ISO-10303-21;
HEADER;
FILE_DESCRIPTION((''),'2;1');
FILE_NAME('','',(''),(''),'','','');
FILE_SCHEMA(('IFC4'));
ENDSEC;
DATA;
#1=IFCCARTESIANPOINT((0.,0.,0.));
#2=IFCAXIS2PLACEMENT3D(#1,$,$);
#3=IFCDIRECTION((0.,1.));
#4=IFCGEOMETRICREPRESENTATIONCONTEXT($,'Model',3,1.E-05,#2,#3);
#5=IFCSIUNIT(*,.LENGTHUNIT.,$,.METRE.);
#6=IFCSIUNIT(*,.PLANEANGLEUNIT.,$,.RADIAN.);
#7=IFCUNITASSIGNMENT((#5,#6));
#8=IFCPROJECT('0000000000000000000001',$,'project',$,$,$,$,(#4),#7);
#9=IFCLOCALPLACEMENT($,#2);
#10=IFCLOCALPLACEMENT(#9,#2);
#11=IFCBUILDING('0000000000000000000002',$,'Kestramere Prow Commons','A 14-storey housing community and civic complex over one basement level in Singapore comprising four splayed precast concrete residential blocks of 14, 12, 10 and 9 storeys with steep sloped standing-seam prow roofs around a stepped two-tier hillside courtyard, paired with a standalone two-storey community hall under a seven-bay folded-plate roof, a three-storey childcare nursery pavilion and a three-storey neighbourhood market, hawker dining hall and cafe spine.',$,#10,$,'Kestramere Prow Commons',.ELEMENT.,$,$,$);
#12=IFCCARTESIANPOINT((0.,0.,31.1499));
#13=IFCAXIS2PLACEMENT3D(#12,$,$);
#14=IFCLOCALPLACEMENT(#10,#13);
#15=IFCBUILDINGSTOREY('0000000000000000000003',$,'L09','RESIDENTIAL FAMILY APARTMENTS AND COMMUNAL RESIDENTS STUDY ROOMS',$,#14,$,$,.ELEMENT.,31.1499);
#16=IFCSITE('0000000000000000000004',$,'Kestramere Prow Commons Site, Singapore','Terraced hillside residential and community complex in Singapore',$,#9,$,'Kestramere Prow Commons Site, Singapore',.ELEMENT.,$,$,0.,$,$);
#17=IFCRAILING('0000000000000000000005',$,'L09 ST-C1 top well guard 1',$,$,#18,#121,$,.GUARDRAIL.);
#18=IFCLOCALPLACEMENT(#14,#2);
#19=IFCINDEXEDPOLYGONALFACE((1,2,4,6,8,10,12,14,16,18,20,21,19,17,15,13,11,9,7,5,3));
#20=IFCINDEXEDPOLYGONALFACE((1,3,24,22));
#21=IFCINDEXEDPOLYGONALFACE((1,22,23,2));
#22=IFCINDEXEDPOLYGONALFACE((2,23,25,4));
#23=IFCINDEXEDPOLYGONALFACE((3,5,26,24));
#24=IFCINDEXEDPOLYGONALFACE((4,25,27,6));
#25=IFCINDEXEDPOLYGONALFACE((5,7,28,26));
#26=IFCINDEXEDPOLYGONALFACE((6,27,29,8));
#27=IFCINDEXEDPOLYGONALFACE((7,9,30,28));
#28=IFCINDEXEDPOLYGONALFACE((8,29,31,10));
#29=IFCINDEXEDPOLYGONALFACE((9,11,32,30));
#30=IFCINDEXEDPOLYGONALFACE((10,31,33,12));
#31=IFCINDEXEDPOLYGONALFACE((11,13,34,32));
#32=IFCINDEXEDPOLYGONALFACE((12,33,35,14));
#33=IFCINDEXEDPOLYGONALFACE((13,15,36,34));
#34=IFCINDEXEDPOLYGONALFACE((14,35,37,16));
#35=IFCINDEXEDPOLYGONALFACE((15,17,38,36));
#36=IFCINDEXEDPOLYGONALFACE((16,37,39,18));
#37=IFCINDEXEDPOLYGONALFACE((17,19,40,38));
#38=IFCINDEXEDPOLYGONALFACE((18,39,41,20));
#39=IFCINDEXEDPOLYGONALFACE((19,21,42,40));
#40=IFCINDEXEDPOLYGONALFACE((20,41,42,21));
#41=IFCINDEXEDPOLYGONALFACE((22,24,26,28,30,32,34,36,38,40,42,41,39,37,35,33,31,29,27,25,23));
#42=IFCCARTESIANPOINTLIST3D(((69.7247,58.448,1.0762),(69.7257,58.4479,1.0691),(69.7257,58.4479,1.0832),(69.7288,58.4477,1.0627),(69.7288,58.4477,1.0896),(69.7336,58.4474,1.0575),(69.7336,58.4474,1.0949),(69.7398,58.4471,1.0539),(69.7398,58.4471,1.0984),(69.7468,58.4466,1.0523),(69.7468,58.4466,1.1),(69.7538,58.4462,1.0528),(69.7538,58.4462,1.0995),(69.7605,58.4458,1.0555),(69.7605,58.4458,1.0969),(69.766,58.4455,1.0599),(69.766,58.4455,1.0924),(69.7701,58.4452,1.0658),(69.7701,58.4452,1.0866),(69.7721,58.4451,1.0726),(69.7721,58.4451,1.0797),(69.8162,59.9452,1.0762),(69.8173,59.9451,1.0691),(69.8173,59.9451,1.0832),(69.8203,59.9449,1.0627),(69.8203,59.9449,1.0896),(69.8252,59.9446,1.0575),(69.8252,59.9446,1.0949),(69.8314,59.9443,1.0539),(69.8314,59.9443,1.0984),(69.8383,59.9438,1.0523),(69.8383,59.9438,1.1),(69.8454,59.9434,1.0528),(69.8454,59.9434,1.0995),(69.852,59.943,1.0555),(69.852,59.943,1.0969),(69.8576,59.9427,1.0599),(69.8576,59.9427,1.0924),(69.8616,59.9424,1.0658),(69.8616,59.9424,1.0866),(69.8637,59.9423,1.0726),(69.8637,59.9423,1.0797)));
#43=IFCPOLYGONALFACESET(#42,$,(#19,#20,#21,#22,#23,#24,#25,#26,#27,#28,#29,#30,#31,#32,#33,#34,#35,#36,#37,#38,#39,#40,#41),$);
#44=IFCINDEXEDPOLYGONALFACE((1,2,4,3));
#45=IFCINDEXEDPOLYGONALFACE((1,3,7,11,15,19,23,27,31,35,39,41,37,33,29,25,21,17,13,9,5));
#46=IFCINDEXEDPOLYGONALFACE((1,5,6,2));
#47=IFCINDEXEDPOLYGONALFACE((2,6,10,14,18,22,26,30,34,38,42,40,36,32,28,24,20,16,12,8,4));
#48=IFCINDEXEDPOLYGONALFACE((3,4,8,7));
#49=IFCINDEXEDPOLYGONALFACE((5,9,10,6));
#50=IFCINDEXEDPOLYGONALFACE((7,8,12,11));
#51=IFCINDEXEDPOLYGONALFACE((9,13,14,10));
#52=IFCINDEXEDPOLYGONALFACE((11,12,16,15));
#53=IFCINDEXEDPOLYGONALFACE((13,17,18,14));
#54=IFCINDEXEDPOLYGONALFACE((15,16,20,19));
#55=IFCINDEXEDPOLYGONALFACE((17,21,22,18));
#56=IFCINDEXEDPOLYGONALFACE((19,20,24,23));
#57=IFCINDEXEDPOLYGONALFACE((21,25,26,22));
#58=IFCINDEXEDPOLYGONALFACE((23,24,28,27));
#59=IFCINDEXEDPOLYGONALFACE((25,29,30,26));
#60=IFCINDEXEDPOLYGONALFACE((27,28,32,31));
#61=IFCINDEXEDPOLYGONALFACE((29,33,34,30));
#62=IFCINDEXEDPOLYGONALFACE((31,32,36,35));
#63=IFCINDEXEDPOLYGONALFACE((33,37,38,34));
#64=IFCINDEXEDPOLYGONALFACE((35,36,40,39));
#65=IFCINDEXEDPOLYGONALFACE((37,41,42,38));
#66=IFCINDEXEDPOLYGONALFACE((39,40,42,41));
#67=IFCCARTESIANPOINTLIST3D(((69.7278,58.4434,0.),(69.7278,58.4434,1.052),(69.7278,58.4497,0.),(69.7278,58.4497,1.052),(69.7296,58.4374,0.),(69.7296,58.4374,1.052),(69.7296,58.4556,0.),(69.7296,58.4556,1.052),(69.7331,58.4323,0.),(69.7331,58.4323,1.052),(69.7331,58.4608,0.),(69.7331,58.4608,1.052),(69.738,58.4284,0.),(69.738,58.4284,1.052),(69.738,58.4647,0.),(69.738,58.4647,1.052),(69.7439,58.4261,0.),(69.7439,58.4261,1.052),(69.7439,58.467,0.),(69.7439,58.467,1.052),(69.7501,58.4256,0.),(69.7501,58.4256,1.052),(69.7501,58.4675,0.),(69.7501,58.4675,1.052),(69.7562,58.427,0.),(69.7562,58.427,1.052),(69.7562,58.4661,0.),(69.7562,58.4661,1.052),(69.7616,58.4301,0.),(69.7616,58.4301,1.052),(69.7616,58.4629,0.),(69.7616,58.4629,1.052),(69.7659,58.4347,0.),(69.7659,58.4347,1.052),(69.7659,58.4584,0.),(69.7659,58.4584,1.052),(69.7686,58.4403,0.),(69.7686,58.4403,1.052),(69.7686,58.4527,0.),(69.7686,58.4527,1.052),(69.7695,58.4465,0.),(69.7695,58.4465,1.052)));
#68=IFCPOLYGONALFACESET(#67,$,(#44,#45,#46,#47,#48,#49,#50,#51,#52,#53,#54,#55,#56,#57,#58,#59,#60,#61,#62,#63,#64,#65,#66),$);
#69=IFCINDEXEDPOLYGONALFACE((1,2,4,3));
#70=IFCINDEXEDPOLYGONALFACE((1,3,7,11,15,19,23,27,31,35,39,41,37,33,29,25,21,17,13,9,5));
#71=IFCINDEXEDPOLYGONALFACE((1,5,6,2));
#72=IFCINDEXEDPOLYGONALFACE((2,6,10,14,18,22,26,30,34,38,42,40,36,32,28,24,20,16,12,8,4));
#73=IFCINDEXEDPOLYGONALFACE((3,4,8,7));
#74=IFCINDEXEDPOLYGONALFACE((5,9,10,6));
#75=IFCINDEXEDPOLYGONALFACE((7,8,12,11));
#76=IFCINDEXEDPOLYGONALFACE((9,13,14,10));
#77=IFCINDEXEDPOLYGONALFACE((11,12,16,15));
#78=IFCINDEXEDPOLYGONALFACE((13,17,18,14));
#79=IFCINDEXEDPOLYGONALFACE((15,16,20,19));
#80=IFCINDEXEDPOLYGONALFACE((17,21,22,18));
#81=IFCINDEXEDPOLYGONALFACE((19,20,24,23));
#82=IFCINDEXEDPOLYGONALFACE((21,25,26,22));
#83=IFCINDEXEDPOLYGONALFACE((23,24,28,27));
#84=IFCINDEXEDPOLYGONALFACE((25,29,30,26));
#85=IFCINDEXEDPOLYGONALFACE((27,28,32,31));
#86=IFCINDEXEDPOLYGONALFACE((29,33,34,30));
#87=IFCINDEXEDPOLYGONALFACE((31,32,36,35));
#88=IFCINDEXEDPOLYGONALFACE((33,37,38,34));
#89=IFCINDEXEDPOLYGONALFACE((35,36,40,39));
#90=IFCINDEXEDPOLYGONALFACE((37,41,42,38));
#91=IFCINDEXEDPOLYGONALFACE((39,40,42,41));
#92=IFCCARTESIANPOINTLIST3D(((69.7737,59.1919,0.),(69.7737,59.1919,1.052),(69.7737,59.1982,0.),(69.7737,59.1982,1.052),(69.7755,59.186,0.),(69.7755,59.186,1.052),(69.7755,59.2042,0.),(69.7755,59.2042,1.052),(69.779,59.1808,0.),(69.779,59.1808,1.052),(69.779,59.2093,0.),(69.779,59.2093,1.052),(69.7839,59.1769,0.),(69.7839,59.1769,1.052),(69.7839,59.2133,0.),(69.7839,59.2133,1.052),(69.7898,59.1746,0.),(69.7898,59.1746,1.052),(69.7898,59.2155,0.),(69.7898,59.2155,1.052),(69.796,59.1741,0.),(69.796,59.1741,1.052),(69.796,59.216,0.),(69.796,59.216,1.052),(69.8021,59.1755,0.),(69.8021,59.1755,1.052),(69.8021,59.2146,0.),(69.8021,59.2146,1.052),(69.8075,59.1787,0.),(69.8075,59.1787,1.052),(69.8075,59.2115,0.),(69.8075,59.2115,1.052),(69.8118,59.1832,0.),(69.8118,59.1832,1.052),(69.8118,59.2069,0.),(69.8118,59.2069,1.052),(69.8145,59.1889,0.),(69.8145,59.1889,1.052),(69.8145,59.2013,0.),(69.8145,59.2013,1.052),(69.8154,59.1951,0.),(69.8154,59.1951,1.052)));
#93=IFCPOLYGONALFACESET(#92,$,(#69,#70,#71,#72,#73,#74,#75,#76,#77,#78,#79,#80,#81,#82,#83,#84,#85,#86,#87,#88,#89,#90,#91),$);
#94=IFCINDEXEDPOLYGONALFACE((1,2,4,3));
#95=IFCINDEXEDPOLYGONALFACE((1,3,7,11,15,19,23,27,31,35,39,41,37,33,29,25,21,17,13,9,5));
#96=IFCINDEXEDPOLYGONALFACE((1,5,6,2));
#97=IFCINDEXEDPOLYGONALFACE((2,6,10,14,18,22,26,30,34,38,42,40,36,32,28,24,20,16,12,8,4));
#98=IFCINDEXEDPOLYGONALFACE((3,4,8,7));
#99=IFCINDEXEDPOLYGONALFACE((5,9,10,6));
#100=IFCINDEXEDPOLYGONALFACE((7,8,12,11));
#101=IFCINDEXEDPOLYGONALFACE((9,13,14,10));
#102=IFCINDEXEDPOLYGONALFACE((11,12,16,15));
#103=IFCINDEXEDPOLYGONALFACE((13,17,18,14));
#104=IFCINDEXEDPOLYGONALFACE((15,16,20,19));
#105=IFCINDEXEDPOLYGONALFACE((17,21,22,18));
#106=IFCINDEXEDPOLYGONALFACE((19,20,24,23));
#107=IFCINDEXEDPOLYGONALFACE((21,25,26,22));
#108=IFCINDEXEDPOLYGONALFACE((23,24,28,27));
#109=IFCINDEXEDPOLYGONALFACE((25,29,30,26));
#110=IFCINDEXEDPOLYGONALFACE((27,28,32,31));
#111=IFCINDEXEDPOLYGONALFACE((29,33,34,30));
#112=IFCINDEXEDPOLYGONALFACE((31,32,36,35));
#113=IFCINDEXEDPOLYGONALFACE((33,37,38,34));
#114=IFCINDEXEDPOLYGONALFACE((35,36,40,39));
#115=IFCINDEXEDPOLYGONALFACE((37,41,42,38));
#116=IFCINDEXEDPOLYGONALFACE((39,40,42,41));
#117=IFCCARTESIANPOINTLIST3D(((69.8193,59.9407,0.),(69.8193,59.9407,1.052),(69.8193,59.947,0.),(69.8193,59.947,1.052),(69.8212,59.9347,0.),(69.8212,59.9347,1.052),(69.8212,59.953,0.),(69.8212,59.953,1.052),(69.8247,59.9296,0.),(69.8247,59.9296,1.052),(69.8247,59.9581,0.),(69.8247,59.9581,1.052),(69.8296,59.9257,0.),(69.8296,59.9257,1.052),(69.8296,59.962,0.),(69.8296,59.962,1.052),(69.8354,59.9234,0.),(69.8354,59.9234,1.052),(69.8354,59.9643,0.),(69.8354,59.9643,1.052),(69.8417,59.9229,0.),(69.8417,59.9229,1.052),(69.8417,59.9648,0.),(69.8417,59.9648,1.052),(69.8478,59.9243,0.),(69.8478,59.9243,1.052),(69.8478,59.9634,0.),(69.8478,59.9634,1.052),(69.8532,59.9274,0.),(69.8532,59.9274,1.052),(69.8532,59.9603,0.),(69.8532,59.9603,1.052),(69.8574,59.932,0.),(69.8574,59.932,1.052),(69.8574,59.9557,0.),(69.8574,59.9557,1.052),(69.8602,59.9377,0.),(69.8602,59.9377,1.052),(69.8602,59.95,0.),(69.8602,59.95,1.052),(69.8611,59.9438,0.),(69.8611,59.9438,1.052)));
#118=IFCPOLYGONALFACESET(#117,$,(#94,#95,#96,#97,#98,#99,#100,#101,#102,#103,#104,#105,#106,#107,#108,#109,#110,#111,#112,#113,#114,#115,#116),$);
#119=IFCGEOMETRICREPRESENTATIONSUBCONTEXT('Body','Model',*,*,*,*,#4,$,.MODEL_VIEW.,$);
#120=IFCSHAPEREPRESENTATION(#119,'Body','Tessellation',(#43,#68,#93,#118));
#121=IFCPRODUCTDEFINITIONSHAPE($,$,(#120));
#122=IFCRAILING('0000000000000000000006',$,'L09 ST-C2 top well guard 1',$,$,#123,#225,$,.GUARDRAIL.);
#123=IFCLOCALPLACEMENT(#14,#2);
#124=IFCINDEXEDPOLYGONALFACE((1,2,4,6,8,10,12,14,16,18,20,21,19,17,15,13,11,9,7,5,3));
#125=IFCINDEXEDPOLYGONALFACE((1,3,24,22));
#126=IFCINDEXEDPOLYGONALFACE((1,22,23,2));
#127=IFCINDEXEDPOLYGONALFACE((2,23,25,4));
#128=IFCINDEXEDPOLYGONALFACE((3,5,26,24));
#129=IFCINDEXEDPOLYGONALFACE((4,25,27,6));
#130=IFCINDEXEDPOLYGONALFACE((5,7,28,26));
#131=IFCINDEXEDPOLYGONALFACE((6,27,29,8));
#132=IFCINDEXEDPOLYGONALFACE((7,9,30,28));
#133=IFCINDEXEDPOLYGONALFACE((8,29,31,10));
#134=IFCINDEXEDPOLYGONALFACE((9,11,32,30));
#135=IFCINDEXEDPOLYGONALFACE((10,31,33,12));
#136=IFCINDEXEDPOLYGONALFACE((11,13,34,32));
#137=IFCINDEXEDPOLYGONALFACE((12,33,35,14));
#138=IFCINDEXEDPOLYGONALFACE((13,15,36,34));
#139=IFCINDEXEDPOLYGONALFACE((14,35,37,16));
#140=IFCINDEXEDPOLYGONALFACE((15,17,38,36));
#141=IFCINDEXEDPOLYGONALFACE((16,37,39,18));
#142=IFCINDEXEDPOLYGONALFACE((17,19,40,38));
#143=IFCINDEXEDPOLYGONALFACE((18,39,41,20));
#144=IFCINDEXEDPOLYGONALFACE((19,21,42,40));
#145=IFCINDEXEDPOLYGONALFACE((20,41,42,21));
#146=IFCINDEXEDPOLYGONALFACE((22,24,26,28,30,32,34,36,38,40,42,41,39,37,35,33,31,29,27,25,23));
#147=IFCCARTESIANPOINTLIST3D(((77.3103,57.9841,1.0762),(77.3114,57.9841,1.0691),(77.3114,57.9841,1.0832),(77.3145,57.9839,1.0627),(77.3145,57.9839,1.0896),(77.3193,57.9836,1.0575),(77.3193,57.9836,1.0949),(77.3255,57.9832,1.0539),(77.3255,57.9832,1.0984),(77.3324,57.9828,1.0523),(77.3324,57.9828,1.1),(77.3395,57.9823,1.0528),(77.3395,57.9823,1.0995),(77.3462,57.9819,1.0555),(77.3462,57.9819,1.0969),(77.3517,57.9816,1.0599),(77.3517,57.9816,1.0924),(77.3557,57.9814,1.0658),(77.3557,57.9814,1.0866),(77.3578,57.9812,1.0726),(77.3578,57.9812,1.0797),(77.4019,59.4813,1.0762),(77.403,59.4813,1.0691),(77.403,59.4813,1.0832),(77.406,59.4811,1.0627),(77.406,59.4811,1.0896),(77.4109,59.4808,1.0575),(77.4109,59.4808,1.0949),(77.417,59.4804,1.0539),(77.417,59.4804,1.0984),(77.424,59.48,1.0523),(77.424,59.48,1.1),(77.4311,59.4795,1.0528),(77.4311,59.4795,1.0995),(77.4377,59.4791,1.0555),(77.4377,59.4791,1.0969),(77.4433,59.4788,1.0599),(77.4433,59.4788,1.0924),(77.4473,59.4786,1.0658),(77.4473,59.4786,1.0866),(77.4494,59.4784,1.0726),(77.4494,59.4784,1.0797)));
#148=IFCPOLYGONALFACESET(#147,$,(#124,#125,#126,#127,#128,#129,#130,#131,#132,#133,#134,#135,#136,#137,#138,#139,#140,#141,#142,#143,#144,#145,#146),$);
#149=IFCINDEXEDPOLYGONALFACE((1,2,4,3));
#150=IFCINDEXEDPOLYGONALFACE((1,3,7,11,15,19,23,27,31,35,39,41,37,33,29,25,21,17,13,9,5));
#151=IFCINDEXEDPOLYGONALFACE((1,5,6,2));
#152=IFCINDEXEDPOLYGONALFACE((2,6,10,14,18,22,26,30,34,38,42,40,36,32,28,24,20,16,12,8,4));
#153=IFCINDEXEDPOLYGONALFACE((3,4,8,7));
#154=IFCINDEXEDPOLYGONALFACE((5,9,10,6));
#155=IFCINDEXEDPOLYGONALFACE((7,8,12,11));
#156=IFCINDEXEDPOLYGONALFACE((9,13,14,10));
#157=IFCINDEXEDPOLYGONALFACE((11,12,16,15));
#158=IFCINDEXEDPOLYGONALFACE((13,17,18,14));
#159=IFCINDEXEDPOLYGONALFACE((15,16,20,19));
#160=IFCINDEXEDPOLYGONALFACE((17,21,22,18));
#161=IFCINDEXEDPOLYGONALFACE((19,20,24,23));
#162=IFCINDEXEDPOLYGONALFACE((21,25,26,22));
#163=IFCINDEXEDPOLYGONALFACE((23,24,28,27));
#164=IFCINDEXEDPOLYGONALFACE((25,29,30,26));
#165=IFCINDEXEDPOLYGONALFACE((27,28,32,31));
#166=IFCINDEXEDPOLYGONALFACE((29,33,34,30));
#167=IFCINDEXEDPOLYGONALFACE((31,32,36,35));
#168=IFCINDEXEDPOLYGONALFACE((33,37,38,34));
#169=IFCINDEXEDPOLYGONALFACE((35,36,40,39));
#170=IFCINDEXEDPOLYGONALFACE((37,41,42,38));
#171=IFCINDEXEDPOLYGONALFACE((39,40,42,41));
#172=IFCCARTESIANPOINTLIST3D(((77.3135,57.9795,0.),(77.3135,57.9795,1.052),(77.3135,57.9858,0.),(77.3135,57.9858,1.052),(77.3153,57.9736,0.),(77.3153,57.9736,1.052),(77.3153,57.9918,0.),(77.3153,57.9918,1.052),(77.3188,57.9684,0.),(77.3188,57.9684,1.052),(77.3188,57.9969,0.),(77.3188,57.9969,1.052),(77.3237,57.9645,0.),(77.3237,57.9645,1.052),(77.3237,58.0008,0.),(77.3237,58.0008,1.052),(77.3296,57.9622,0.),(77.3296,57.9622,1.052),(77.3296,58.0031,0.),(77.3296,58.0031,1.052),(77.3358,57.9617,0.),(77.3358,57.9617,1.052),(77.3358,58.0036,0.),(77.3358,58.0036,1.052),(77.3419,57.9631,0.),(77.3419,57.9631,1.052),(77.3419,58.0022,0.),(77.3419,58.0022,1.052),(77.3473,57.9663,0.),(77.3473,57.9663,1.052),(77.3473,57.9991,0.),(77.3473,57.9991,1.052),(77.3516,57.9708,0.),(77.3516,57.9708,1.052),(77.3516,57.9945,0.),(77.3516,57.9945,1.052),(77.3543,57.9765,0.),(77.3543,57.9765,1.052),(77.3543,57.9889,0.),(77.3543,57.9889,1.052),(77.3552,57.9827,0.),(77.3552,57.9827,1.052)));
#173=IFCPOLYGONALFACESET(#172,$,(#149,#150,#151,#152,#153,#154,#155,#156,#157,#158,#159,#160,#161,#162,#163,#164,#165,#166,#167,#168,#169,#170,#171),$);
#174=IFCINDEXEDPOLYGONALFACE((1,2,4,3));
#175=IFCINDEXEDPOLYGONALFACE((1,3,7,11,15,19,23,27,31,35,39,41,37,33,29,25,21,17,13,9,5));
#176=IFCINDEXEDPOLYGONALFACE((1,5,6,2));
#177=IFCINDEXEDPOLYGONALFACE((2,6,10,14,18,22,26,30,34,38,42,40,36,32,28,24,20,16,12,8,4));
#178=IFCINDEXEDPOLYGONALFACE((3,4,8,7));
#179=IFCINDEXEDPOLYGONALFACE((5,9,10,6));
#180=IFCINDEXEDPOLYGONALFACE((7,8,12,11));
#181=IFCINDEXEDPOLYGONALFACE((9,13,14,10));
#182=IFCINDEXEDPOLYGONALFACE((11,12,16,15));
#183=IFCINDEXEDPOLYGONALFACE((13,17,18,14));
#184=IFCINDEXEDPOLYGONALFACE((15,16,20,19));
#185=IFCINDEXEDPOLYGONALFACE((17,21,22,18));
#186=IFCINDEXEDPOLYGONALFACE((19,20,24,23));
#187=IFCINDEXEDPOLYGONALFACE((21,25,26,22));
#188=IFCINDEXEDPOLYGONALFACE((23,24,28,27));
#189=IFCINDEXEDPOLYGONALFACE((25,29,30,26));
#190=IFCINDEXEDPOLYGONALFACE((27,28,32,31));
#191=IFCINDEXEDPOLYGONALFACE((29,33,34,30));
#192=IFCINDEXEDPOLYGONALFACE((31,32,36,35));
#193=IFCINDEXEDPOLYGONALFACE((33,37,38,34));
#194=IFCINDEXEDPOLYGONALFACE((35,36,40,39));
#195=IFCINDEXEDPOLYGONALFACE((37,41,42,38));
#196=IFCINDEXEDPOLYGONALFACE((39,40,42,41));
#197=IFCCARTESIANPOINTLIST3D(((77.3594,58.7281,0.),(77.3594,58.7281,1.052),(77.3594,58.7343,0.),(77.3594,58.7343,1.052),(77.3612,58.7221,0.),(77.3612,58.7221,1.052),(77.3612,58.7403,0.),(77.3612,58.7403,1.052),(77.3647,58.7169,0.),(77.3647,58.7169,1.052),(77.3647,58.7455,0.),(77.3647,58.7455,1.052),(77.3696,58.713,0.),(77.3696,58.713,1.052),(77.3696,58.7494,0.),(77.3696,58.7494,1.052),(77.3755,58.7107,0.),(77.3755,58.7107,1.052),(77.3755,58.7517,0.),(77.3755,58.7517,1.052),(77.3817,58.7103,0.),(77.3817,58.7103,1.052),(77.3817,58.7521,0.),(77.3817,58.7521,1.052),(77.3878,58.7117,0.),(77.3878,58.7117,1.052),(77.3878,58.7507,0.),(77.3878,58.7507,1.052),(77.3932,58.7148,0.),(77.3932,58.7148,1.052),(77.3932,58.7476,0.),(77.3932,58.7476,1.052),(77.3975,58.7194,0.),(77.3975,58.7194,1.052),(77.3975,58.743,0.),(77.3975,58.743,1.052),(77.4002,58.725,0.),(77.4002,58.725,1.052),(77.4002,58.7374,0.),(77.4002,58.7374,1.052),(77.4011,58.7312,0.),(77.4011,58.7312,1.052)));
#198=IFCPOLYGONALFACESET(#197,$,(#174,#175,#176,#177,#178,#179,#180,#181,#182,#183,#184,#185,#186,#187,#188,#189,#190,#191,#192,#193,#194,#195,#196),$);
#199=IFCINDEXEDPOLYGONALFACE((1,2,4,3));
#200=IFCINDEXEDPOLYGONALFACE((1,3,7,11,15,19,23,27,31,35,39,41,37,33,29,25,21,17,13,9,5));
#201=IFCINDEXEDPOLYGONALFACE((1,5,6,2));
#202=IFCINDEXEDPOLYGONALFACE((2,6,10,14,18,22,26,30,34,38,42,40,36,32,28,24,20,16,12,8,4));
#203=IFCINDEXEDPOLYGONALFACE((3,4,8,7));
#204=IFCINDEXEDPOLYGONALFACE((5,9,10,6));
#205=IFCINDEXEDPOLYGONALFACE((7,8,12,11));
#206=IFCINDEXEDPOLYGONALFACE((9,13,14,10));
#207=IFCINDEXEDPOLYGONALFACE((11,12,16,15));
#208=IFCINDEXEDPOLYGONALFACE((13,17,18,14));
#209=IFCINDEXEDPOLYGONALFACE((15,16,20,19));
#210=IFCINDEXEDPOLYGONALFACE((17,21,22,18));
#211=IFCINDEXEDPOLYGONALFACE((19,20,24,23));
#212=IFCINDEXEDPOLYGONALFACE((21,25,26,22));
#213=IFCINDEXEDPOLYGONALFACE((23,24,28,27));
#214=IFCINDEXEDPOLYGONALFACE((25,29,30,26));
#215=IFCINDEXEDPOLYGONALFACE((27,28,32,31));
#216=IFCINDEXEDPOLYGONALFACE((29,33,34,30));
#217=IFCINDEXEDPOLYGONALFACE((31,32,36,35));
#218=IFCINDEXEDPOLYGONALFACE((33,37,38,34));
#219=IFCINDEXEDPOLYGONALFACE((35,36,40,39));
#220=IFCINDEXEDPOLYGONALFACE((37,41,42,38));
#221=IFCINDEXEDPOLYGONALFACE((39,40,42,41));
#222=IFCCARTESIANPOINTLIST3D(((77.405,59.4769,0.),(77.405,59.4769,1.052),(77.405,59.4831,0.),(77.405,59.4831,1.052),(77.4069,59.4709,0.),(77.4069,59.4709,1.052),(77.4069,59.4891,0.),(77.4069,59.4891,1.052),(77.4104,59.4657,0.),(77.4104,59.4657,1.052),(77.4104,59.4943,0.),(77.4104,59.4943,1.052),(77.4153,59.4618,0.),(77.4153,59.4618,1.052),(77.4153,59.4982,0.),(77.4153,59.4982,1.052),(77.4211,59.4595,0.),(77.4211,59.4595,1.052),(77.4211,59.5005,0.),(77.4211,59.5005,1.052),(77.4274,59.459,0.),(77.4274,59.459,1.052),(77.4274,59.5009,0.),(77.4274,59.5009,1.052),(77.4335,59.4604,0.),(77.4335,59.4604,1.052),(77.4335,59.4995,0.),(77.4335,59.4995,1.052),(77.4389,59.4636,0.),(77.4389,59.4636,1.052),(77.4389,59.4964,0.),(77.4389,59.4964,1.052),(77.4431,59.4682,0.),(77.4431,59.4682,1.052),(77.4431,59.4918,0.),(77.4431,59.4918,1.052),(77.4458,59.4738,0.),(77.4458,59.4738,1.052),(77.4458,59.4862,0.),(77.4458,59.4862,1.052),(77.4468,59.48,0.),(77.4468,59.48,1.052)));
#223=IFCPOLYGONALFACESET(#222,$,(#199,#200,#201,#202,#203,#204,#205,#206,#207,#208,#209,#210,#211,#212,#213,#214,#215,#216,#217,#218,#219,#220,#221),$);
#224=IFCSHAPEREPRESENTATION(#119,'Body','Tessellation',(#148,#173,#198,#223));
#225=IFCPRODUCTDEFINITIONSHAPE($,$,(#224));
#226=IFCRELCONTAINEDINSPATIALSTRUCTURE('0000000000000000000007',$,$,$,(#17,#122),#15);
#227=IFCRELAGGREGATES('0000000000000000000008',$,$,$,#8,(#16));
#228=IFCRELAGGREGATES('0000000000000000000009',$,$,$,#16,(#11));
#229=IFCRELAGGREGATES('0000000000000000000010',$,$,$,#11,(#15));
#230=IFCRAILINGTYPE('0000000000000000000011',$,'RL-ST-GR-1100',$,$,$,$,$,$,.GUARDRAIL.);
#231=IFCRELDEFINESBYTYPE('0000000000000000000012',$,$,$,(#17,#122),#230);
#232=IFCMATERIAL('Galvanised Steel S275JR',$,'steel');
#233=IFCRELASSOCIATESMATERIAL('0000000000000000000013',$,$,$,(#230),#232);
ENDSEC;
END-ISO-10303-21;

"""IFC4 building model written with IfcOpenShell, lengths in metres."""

from ifc_helpers import new_model, si_unit, direction, frame, origin, origin_2d, place, context, subcontext, project, spatial, circle, extrude, material, type_object, element, save


model = new_model("IFC4")

# Units and contexts
model_context = context("Model", 3, precision=1e-05, world=origin(), true_north=direction((0.0, 1.0)))
body_context = subcontext(model_context, "Body", "Model", "MODEL_VIEW")
ifc_project = project(units=[si_unit("LENGTHUNIT", "METRE"), si_unit("PLANEANGLEUNIT", "RADIAN")], contexts=[model_context])

# Site, building, storey
site_placement = place(None, origin())
site = spatial("IfcSite", under=ifc_project, at=site_placement, Name="Kestramere Prow Commons Site, Singapore", Description="Terraced hillside residential and community complex in Singapore", LongName="Kestramere Prow Commons Site, Singapore", CompositionType="ELEMENT", RefElevation=0.0)
building_placement = place(site_placement, origin())
building = spatial("IfcBuilding", under=site, at=building_placement, Name="Kestramere Prow Commons", Description="A 14-storey housing community and civic complex over one basement level in Singapore comprising four splayed precast concrete residential blocks of 14, 12, 10 and 9 storeys with steep sloped standing-seam prow roofs around a stepped two-tier hillside courtyard, paired with a standalone two-storey community hall under a seven-bay folded-plate roof, a three-storey childcare nursery pavilion and a three-storey neighbourhood market, hawker dining hall and cafe spine.", LongName="Kestramere Prow Commons", CompositionType="ELEMENT")
storey_placement = place(building_placement, frame((0.0, 0.0, 31.1499)))
storey = spatial("IfcBuildingStorey", under=building, at=storey_placement, Name="L09", Description="RESIDENTIAL FAMILY APARTMENTS AND COMMUNAL RESIDENTS STUDY ROOMS", CompositionType="ELEMENT", Elevation=31.1499)

# Railings
ifc_material_1 = material(Name="Galvanised Steel S275JR", Category="steel")
railing_type = type_object("IfcRailingType", Name="RL-ST-GR-1100", PredefinedType="GUARDRAIL", material=ifc_material_1)
for number, where, name in (
    (1, (69.7485, 58.4465, 0.0), "L09 ST-C1 top well guard 1"),
    (2, (77.3342, 57.9827, 0.0), "L09 ST-C2 top well guard 1"),
):
    element("IfcRailing", number, at=place(storey_placement, frame(where)), inside=storey, type_object=railing_type, Name=name, PredefinedType="GUARDRAIL", context=body_context, shape_type="SweptSolid", body=[
        extrude(circle(Radius=0.0239, at=origin_2d()), frame((0.0, 0.0, 1.0762), z_axis=(0.061031, 0.998136, 0.0), x_axis=(-0.998136, 0.061031, 0.0)), (0.0, 0.0, 1.0), 1.5),
        extrude(circle(Radius=0.021, at=origin_2d()), origin(), (0.0, 0.0, 1.0), 1.052),
        extrude(circle(Radius=0.021, at=origin_2d()), frame((0.0459, 0.7485, 0.0)), (0.0, 0.0, 1.0), 1.052),
        extrude(circle(Radius=0.021, at=origin_2d()), frame((0.0916, 1.4973, 0.0)), (0.0, 0.0, 1.0), 1.052),
    ])

save(model, "model.ifc")
